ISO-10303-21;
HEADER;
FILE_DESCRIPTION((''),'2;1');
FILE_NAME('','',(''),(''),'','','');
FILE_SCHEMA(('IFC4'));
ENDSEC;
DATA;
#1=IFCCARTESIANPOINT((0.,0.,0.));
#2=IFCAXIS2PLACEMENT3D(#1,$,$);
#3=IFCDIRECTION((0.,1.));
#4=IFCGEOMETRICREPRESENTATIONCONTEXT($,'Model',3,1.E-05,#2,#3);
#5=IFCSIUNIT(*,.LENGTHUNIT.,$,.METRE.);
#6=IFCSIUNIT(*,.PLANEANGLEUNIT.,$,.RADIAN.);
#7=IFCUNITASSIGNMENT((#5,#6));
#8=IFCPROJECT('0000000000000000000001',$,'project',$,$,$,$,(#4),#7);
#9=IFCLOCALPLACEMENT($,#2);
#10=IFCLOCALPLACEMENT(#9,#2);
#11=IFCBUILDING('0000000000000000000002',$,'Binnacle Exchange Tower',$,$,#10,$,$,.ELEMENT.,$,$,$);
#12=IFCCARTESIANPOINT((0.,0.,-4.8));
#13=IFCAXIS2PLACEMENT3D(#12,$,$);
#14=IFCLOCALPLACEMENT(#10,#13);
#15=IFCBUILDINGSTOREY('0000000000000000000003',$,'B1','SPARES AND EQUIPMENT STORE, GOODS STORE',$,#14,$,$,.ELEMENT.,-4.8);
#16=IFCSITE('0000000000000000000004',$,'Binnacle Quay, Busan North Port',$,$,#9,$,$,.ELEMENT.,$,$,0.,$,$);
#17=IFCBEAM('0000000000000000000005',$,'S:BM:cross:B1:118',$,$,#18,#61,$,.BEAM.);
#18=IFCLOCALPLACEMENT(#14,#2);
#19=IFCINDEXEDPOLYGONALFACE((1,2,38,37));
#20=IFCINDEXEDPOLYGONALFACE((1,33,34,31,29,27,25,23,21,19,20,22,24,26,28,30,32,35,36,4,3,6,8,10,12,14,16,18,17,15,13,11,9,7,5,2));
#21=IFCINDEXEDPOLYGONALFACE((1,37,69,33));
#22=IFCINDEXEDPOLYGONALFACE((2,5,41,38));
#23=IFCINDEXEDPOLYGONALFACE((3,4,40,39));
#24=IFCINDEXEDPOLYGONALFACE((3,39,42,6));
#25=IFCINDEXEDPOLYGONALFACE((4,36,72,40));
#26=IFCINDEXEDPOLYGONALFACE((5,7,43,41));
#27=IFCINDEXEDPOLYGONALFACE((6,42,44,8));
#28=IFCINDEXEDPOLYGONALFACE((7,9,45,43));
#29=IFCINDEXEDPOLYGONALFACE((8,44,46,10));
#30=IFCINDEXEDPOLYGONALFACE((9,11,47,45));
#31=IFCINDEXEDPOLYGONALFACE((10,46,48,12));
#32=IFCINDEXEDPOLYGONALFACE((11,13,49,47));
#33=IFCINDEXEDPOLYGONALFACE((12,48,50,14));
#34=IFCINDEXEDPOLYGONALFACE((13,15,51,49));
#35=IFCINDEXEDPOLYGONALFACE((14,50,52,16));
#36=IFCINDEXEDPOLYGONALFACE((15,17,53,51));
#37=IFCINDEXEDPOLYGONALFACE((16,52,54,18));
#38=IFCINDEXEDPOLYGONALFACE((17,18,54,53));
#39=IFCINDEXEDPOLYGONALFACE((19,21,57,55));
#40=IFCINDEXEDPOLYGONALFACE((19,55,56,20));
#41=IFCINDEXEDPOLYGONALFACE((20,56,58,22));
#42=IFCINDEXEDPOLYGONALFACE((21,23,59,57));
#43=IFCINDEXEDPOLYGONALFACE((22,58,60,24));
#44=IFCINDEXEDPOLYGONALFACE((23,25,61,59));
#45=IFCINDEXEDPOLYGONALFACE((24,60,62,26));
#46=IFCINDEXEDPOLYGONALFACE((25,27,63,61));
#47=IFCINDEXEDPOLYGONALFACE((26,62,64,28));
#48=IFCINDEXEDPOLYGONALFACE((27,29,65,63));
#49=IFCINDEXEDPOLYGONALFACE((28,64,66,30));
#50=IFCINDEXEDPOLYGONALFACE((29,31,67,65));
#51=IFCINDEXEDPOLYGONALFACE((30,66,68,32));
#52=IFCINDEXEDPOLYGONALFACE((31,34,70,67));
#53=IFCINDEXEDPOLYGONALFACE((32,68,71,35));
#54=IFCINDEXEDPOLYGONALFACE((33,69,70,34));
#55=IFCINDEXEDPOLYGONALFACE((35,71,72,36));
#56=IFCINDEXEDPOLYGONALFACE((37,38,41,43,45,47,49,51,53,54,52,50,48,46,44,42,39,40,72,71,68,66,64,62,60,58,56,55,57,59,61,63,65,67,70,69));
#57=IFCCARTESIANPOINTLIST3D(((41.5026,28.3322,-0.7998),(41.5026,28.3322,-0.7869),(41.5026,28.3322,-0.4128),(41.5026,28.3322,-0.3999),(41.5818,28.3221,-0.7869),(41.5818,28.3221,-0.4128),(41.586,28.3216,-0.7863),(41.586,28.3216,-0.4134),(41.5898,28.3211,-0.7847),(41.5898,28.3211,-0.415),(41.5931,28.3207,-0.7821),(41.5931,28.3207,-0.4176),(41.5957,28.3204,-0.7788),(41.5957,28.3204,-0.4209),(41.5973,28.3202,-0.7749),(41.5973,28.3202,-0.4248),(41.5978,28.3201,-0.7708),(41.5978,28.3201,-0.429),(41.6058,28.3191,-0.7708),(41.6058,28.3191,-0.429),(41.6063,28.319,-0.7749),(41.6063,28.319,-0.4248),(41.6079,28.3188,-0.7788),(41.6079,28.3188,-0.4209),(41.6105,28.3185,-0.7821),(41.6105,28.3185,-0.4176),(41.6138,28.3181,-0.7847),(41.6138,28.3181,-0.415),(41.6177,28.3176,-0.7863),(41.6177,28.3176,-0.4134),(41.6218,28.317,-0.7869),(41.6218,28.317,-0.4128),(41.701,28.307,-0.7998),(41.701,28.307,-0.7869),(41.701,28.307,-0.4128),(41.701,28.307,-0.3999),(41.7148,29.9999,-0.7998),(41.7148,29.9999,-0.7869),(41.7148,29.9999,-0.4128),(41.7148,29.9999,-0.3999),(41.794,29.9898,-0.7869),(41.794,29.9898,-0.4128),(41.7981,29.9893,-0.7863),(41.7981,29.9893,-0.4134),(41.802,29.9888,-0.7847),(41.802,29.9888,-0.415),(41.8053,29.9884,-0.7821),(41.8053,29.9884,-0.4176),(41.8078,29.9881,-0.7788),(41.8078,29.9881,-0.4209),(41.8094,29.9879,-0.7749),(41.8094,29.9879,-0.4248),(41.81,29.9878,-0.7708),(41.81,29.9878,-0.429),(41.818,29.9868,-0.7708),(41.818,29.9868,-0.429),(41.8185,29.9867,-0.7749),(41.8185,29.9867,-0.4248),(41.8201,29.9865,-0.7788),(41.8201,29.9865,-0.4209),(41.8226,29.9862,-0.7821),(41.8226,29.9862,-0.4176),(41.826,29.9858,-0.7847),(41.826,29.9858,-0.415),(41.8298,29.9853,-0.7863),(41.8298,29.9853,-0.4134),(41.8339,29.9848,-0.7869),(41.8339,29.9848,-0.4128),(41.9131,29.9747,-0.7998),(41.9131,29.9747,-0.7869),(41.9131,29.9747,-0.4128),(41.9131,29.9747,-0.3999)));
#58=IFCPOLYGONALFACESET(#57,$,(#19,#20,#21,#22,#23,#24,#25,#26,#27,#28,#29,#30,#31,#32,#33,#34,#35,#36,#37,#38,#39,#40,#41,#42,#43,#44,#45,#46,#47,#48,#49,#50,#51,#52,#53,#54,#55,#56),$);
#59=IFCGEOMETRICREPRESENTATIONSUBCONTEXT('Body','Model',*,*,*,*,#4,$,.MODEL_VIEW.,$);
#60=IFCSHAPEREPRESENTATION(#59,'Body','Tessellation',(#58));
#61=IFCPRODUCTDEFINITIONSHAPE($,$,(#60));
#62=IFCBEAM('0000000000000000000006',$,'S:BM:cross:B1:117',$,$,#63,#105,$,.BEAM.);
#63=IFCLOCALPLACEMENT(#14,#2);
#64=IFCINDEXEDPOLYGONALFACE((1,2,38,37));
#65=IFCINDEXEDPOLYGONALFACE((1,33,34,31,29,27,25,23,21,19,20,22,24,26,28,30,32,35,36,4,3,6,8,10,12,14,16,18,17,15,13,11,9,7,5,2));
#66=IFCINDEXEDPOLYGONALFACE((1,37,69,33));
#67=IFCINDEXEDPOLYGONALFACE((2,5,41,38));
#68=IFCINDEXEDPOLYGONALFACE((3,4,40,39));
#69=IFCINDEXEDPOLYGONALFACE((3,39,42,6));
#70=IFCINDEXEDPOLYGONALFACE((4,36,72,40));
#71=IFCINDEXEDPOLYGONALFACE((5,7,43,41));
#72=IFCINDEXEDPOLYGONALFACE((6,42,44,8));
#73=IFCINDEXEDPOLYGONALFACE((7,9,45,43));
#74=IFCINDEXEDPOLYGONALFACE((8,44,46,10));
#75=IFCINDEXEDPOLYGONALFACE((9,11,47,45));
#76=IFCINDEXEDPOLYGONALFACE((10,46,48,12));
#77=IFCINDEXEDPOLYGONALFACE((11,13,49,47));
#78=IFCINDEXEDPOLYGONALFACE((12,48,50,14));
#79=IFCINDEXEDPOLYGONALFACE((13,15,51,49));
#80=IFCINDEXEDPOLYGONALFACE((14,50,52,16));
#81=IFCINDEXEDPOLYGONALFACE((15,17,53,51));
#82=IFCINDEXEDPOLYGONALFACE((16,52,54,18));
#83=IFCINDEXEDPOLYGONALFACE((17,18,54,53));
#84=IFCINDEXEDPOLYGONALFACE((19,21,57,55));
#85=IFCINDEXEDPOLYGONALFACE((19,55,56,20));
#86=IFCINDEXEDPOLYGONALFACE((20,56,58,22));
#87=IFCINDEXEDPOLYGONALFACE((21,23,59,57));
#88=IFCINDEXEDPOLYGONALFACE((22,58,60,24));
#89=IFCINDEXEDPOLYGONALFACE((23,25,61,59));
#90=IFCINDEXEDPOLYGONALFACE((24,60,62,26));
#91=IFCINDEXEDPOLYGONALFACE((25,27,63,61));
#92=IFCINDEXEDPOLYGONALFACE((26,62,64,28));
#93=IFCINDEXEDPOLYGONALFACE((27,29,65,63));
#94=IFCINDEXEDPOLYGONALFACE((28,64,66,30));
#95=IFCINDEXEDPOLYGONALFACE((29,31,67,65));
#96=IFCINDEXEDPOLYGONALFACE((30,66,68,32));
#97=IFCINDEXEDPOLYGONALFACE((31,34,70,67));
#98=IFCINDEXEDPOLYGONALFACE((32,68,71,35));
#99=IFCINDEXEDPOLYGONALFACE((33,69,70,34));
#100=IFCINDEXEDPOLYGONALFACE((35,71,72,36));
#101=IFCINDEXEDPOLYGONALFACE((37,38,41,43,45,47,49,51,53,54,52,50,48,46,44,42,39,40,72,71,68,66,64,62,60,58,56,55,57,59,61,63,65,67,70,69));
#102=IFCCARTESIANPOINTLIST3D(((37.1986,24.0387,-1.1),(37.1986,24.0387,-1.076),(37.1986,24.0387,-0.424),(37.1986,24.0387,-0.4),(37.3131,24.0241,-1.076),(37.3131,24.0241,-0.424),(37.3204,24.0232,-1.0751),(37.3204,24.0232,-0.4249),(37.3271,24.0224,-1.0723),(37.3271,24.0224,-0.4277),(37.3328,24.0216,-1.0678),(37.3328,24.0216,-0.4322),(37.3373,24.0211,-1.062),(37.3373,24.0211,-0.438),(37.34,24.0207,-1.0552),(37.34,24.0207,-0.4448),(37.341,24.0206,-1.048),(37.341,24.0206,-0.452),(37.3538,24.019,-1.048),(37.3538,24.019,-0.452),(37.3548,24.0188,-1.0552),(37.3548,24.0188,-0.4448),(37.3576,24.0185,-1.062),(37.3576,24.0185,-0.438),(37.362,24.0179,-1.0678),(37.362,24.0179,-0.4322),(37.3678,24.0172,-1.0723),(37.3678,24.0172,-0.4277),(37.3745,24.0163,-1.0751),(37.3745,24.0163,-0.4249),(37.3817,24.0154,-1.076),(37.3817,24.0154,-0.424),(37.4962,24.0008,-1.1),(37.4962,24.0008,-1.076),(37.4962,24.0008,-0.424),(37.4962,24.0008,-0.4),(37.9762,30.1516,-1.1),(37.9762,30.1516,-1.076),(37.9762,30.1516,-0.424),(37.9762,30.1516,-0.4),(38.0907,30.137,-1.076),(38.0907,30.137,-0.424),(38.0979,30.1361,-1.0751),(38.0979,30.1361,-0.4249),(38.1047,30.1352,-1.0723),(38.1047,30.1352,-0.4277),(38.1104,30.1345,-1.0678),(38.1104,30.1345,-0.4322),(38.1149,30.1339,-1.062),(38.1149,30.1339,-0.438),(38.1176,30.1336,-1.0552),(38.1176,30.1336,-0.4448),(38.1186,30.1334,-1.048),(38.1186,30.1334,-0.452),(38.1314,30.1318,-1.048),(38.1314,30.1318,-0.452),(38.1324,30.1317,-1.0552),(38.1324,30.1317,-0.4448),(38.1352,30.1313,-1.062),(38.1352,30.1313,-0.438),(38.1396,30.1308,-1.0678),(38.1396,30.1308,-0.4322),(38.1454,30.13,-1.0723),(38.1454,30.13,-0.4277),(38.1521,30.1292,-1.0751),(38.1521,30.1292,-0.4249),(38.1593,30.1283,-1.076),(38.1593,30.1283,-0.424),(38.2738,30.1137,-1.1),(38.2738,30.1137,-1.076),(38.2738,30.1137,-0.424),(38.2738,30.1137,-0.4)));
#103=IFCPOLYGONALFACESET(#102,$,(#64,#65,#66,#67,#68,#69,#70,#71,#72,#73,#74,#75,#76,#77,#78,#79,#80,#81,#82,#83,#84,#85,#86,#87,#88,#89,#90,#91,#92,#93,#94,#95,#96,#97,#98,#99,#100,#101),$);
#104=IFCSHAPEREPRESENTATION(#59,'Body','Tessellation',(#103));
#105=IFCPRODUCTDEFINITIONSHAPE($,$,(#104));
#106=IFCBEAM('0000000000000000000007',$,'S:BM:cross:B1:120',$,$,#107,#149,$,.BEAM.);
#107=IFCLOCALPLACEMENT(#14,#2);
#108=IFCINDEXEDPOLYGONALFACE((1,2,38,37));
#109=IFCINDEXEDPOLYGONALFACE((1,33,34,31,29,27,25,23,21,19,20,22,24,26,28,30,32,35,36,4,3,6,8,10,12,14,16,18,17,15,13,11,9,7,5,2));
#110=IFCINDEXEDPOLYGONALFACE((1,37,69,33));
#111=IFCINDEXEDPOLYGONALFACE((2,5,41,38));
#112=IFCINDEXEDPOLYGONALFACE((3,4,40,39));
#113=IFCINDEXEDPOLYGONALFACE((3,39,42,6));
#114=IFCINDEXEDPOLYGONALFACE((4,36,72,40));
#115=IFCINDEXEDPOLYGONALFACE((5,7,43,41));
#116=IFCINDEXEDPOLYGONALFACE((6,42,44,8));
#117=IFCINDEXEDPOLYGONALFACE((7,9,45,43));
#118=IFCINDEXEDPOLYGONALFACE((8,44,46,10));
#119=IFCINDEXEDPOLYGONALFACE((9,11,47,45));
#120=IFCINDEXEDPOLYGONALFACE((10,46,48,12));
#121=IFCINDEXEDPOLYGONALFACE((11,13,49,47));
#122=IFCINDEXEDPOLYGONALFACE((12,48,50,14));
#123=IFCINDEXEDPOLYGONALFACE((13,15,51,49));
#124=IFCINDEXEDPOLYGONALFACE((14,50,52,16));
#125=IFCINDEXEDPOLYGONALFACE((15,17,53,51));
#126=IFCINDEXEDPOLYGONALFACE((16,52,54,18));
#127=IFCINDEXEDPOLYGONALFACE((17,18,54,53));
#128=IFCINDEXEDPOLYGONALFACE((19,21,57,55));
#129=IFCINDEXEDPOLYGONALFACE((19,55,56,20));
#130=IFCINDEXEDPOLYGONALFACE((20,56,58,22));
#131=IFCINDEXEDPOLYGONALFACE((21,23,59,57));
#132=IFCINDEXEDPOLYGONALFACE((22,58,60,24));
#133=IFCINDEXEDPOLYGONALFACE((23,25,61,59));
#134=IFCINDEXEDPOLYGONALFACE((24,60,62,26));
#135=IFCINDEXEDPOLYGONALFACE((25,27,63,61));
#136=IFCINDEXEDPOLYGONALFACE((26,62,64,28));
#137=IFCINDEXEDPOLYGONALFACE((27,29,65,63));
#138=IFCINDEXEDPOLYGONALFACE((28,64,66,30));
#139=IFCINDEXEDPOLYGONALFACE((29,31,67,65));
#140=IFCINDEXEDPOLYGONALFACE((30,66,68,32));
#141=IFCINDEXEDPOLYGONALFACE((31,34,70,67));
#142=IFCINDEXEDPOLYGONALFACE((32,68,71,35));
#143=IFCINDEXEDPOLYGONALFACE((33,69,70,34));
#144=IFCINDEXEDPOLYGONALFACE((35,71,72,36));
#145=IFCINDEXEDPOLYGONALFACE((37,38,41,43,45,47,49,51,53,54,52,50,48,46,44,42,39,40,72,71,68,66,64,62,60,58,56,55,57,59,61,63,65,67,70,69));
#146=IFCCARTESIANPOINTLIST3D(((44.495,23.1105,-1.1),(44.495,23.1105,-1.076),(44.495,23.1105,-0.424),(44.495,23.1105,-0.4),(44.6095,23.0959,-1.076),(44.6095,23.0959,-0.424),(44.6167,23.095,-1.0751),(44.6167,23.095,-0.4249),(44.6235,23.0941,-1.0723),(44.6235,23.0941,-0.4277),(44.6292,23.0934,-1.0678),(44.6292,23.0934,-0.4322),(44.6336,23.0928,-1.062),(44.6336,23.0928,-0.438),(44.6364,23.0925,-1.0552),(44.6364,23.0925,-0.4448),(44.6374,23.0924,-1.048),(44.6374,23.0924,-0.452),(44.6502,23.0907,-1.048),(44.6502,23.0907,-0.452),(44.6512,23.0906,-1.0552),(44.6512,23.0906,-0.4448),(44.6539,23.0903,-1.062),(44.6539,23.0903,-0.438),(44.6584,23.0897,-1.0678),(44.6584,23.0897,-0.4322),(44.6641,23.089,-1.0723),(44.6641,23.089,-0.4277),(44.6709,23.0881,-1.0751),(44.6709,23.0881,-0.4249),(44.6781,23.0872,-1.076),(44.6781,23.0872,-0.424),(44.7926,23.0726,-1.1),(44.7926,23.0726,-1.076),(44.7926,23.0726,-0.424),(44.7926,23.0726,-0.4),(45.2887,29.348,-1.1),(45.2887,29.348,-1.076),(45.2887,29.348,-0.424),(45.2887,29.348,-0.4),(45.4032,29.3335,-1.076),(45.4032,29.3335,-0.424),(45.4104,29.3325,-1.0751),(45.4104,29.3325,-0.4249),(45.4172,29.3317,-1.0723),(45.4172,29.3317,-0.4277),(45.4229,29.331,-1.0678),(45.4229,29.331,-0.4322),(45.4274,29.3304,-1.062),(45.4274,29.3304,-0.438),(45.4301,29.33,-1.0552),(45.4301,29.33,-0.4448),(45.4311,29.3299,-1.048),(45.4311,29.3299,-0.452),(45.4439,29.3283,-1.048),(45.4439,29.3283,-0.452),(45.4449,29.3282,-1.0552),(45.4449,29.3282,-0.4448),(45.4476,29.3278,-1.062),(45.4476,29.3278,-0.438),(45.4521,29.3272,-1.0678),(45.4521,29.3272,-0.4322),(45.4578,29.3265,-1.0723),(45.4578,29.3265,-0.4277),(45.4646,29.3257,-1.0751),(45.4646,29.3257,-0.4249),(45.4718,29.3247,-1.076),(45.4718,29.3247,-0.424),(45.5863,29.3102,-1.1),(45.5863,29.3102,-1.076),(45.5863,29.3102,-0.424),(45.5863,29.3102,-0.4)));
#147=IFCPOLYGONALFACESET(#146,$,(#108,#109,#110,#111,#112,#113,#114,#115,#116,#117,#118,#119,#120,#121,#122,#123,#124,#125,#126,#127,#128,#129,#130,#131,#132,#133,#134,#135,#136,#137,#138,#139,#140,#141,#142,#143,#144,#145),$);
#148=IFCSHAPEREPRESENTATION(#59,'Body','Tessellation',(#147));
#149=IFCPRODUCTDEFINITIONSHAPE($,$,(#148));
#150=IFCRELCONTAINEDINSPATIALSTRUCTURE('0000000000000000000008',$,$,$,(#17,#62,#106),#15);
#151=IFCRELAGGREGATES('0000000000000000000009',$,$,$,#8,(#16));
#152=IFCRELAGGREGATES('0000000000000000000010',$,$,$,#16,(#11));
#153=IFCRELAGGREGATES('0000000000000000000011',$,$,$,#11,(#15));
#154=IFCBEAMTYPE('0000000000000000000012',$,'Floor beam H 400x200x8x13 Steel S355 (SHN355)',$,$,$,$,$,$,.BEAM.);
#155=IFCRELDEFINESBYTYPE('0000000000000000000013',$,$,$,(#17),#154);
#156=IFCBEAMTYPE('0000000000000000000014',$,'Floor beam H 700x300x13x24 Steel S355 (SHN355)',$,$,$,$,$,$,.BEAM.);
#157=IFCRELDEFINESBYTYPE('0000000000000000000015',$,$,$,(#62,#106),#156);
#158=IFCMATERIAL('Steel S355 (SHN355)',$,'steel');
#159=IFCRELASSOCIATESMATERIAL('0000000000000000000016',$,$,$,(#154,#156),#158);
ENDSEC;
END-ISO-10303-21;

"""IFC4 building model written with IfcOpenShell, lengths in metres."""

from ifc_helpers import new_model, si_unit, direction, frame, origin, origin_2d, place, context, subcontext, project, spatial, i_section, extrude, material, material_profile, profile_set, type_object, element, save


model = new_model("IFC4")

# Units and contexts
model_context = context("Model", 3, precision=1e-05, world=origin(), true_north=direction((0.0, 1.0)))
body_context = subcontext(model_context, "Body", "Model", "MODEL_VIEW")
ifc_project = project(units=[si_unit("LENGTHUNIT", "METRE"), si_unit("PLANEANGLEUNIT", "RADIAN")], contexts=[model_context])

# Site, building, storey
site_placement = place(None, origin())
site = spatial("IfcSite", under=ifc_project, at=site_placement, Name="Binnacle Quay, Busan North Port", CompositionType="ELEMENT", RefElevation=0.0)
building_placement = place(site_placement, origin())
building = spatial("IfcBuilding", under=site, at=building_placement, Name="Binnacle Exchange Tower", CompositionType="ELEMENT")
storey_placement = place(building_placement, frame((0.0, 0.0, -4.8)))
storey = spatial("IfcBuildingStorey", under=building, at=storey_placement, Name="B1", Description="SPARES AND EQUIPMENT STORE, GOODS STORE", CompositionType="ELEMENT", Elevation=-4.8)

# Beams
ifc_material_1 = material(Name="Steel S355 (SHN355)", Category="steel")
ifc_material_profile_1 = material_profile(ifc_material_1, i_section(OverallWidth=0.2, OverallDepth=0.3999, WebThickness=0.0081, FlangeThickness=0.0129, FilletRadius=0.0161, at=origin_2d()), Name="H 400x200x8x13")
ifc_profile_set_1 = profile_set([ifc_material_profile_1], Name="Steel S355 (SHN355)")
beam_type_1 = type_object("IfcBeamType", Name="Floor beam H 400x200x8x13 Steel S355 (SHN355)", PredefinedType="BEAM", material=ifc_profile_set_1)
beam_1_placement = place(storey_placement, frame((41.6018, 28.3196, -0.5999), z_axis=(0.126197, 0.992005, 0.0), x_axis=(-0.992005, 0.126197, 0.0)))
element("IfcBeam", 1, at=beam_1_placement, inside=storey, type_object=beam_type_1, Name="S:BM:cross:B1:118", PredefinedType="BEAM", context=body_context, shape_type="SweptSolid", body=[
    extrude(i_section(OverallWidth=0.2, OverallDepth=0.3999, WebThickness=0.0081, FlangeThickness=0.0129, FilletRadius=0.0161, at=origin_2d()), origin(), (0.0, 0.0, 1.0), 1.6812),
])
ifc_material_profile_2 = material_profile(ifc_material_1, i_section(OverallWidth=0.3, OverallDepth=0.7, WebThickness=0.0129, FlangeThickness=0.0239, FilletRadius=0.0281, at=origin_2d()), Name="H 700x300x13x24")
ifc_profile_set_2 = profile_set([ifc_material_profile_2], Name="Steel S355 (SHN355)")
beam_type_2 = type_object("IfcBeamType", Name="Floor beam H 700x300x13x24 Steel S355 (SHN355)", PredefinedType="BEAM", material=ifc_profile_set_2)
beam_2_placement = place(storey_placement, frame((37.3474, 24.0198, -0.75), z_axis=(0.12619, 0.992006, 0.0), x_axis=(-0.992006, 0.12619, 0.0)))
element("IfcBeam", 2, at=beam_2_placement, inside=storey, type_object=beam_type_2, Name="S:BM:cross:B1:117", PredefinedType="BEAM", context=body_context, shape_type="SweptSolid", body=[
    extrude(i_section(OverallWidth=0.3, OverallDepth=0.7, WebThickness=0.0129, FlangeThickness=0.0239, FilletRadius=0.0281, at=origin_2d()), origin(), (0.0, 0.0, 1.0), 6.1621),
])
beam_3_placement = place(storey_placement, frame((44.6438, 23.0916, -0.75), z_axis=(0.126228, 0.992001, 0.0), x_axis=(-0.992001, 0.126228, 0.0)))
element("IfcBeam", 3, at=beam_3_placement, inside=storey, type_object=beam_type_2, Name="S:BM:cross:B1:120", PredefinedType="BEAM", context=body_context, shape_type="SweptSolid", body=[
    extrude(i_section(OverallWidth=0.3, OverallDepth=0.7, WebThickness=0.0129, FlangeThickness=0.0239, FilletRadius=0.0281, at=origin_2d()), origin(), (0.0, 0.0, 1.0), 6.2878),
])

save(model, "model.ifc")
